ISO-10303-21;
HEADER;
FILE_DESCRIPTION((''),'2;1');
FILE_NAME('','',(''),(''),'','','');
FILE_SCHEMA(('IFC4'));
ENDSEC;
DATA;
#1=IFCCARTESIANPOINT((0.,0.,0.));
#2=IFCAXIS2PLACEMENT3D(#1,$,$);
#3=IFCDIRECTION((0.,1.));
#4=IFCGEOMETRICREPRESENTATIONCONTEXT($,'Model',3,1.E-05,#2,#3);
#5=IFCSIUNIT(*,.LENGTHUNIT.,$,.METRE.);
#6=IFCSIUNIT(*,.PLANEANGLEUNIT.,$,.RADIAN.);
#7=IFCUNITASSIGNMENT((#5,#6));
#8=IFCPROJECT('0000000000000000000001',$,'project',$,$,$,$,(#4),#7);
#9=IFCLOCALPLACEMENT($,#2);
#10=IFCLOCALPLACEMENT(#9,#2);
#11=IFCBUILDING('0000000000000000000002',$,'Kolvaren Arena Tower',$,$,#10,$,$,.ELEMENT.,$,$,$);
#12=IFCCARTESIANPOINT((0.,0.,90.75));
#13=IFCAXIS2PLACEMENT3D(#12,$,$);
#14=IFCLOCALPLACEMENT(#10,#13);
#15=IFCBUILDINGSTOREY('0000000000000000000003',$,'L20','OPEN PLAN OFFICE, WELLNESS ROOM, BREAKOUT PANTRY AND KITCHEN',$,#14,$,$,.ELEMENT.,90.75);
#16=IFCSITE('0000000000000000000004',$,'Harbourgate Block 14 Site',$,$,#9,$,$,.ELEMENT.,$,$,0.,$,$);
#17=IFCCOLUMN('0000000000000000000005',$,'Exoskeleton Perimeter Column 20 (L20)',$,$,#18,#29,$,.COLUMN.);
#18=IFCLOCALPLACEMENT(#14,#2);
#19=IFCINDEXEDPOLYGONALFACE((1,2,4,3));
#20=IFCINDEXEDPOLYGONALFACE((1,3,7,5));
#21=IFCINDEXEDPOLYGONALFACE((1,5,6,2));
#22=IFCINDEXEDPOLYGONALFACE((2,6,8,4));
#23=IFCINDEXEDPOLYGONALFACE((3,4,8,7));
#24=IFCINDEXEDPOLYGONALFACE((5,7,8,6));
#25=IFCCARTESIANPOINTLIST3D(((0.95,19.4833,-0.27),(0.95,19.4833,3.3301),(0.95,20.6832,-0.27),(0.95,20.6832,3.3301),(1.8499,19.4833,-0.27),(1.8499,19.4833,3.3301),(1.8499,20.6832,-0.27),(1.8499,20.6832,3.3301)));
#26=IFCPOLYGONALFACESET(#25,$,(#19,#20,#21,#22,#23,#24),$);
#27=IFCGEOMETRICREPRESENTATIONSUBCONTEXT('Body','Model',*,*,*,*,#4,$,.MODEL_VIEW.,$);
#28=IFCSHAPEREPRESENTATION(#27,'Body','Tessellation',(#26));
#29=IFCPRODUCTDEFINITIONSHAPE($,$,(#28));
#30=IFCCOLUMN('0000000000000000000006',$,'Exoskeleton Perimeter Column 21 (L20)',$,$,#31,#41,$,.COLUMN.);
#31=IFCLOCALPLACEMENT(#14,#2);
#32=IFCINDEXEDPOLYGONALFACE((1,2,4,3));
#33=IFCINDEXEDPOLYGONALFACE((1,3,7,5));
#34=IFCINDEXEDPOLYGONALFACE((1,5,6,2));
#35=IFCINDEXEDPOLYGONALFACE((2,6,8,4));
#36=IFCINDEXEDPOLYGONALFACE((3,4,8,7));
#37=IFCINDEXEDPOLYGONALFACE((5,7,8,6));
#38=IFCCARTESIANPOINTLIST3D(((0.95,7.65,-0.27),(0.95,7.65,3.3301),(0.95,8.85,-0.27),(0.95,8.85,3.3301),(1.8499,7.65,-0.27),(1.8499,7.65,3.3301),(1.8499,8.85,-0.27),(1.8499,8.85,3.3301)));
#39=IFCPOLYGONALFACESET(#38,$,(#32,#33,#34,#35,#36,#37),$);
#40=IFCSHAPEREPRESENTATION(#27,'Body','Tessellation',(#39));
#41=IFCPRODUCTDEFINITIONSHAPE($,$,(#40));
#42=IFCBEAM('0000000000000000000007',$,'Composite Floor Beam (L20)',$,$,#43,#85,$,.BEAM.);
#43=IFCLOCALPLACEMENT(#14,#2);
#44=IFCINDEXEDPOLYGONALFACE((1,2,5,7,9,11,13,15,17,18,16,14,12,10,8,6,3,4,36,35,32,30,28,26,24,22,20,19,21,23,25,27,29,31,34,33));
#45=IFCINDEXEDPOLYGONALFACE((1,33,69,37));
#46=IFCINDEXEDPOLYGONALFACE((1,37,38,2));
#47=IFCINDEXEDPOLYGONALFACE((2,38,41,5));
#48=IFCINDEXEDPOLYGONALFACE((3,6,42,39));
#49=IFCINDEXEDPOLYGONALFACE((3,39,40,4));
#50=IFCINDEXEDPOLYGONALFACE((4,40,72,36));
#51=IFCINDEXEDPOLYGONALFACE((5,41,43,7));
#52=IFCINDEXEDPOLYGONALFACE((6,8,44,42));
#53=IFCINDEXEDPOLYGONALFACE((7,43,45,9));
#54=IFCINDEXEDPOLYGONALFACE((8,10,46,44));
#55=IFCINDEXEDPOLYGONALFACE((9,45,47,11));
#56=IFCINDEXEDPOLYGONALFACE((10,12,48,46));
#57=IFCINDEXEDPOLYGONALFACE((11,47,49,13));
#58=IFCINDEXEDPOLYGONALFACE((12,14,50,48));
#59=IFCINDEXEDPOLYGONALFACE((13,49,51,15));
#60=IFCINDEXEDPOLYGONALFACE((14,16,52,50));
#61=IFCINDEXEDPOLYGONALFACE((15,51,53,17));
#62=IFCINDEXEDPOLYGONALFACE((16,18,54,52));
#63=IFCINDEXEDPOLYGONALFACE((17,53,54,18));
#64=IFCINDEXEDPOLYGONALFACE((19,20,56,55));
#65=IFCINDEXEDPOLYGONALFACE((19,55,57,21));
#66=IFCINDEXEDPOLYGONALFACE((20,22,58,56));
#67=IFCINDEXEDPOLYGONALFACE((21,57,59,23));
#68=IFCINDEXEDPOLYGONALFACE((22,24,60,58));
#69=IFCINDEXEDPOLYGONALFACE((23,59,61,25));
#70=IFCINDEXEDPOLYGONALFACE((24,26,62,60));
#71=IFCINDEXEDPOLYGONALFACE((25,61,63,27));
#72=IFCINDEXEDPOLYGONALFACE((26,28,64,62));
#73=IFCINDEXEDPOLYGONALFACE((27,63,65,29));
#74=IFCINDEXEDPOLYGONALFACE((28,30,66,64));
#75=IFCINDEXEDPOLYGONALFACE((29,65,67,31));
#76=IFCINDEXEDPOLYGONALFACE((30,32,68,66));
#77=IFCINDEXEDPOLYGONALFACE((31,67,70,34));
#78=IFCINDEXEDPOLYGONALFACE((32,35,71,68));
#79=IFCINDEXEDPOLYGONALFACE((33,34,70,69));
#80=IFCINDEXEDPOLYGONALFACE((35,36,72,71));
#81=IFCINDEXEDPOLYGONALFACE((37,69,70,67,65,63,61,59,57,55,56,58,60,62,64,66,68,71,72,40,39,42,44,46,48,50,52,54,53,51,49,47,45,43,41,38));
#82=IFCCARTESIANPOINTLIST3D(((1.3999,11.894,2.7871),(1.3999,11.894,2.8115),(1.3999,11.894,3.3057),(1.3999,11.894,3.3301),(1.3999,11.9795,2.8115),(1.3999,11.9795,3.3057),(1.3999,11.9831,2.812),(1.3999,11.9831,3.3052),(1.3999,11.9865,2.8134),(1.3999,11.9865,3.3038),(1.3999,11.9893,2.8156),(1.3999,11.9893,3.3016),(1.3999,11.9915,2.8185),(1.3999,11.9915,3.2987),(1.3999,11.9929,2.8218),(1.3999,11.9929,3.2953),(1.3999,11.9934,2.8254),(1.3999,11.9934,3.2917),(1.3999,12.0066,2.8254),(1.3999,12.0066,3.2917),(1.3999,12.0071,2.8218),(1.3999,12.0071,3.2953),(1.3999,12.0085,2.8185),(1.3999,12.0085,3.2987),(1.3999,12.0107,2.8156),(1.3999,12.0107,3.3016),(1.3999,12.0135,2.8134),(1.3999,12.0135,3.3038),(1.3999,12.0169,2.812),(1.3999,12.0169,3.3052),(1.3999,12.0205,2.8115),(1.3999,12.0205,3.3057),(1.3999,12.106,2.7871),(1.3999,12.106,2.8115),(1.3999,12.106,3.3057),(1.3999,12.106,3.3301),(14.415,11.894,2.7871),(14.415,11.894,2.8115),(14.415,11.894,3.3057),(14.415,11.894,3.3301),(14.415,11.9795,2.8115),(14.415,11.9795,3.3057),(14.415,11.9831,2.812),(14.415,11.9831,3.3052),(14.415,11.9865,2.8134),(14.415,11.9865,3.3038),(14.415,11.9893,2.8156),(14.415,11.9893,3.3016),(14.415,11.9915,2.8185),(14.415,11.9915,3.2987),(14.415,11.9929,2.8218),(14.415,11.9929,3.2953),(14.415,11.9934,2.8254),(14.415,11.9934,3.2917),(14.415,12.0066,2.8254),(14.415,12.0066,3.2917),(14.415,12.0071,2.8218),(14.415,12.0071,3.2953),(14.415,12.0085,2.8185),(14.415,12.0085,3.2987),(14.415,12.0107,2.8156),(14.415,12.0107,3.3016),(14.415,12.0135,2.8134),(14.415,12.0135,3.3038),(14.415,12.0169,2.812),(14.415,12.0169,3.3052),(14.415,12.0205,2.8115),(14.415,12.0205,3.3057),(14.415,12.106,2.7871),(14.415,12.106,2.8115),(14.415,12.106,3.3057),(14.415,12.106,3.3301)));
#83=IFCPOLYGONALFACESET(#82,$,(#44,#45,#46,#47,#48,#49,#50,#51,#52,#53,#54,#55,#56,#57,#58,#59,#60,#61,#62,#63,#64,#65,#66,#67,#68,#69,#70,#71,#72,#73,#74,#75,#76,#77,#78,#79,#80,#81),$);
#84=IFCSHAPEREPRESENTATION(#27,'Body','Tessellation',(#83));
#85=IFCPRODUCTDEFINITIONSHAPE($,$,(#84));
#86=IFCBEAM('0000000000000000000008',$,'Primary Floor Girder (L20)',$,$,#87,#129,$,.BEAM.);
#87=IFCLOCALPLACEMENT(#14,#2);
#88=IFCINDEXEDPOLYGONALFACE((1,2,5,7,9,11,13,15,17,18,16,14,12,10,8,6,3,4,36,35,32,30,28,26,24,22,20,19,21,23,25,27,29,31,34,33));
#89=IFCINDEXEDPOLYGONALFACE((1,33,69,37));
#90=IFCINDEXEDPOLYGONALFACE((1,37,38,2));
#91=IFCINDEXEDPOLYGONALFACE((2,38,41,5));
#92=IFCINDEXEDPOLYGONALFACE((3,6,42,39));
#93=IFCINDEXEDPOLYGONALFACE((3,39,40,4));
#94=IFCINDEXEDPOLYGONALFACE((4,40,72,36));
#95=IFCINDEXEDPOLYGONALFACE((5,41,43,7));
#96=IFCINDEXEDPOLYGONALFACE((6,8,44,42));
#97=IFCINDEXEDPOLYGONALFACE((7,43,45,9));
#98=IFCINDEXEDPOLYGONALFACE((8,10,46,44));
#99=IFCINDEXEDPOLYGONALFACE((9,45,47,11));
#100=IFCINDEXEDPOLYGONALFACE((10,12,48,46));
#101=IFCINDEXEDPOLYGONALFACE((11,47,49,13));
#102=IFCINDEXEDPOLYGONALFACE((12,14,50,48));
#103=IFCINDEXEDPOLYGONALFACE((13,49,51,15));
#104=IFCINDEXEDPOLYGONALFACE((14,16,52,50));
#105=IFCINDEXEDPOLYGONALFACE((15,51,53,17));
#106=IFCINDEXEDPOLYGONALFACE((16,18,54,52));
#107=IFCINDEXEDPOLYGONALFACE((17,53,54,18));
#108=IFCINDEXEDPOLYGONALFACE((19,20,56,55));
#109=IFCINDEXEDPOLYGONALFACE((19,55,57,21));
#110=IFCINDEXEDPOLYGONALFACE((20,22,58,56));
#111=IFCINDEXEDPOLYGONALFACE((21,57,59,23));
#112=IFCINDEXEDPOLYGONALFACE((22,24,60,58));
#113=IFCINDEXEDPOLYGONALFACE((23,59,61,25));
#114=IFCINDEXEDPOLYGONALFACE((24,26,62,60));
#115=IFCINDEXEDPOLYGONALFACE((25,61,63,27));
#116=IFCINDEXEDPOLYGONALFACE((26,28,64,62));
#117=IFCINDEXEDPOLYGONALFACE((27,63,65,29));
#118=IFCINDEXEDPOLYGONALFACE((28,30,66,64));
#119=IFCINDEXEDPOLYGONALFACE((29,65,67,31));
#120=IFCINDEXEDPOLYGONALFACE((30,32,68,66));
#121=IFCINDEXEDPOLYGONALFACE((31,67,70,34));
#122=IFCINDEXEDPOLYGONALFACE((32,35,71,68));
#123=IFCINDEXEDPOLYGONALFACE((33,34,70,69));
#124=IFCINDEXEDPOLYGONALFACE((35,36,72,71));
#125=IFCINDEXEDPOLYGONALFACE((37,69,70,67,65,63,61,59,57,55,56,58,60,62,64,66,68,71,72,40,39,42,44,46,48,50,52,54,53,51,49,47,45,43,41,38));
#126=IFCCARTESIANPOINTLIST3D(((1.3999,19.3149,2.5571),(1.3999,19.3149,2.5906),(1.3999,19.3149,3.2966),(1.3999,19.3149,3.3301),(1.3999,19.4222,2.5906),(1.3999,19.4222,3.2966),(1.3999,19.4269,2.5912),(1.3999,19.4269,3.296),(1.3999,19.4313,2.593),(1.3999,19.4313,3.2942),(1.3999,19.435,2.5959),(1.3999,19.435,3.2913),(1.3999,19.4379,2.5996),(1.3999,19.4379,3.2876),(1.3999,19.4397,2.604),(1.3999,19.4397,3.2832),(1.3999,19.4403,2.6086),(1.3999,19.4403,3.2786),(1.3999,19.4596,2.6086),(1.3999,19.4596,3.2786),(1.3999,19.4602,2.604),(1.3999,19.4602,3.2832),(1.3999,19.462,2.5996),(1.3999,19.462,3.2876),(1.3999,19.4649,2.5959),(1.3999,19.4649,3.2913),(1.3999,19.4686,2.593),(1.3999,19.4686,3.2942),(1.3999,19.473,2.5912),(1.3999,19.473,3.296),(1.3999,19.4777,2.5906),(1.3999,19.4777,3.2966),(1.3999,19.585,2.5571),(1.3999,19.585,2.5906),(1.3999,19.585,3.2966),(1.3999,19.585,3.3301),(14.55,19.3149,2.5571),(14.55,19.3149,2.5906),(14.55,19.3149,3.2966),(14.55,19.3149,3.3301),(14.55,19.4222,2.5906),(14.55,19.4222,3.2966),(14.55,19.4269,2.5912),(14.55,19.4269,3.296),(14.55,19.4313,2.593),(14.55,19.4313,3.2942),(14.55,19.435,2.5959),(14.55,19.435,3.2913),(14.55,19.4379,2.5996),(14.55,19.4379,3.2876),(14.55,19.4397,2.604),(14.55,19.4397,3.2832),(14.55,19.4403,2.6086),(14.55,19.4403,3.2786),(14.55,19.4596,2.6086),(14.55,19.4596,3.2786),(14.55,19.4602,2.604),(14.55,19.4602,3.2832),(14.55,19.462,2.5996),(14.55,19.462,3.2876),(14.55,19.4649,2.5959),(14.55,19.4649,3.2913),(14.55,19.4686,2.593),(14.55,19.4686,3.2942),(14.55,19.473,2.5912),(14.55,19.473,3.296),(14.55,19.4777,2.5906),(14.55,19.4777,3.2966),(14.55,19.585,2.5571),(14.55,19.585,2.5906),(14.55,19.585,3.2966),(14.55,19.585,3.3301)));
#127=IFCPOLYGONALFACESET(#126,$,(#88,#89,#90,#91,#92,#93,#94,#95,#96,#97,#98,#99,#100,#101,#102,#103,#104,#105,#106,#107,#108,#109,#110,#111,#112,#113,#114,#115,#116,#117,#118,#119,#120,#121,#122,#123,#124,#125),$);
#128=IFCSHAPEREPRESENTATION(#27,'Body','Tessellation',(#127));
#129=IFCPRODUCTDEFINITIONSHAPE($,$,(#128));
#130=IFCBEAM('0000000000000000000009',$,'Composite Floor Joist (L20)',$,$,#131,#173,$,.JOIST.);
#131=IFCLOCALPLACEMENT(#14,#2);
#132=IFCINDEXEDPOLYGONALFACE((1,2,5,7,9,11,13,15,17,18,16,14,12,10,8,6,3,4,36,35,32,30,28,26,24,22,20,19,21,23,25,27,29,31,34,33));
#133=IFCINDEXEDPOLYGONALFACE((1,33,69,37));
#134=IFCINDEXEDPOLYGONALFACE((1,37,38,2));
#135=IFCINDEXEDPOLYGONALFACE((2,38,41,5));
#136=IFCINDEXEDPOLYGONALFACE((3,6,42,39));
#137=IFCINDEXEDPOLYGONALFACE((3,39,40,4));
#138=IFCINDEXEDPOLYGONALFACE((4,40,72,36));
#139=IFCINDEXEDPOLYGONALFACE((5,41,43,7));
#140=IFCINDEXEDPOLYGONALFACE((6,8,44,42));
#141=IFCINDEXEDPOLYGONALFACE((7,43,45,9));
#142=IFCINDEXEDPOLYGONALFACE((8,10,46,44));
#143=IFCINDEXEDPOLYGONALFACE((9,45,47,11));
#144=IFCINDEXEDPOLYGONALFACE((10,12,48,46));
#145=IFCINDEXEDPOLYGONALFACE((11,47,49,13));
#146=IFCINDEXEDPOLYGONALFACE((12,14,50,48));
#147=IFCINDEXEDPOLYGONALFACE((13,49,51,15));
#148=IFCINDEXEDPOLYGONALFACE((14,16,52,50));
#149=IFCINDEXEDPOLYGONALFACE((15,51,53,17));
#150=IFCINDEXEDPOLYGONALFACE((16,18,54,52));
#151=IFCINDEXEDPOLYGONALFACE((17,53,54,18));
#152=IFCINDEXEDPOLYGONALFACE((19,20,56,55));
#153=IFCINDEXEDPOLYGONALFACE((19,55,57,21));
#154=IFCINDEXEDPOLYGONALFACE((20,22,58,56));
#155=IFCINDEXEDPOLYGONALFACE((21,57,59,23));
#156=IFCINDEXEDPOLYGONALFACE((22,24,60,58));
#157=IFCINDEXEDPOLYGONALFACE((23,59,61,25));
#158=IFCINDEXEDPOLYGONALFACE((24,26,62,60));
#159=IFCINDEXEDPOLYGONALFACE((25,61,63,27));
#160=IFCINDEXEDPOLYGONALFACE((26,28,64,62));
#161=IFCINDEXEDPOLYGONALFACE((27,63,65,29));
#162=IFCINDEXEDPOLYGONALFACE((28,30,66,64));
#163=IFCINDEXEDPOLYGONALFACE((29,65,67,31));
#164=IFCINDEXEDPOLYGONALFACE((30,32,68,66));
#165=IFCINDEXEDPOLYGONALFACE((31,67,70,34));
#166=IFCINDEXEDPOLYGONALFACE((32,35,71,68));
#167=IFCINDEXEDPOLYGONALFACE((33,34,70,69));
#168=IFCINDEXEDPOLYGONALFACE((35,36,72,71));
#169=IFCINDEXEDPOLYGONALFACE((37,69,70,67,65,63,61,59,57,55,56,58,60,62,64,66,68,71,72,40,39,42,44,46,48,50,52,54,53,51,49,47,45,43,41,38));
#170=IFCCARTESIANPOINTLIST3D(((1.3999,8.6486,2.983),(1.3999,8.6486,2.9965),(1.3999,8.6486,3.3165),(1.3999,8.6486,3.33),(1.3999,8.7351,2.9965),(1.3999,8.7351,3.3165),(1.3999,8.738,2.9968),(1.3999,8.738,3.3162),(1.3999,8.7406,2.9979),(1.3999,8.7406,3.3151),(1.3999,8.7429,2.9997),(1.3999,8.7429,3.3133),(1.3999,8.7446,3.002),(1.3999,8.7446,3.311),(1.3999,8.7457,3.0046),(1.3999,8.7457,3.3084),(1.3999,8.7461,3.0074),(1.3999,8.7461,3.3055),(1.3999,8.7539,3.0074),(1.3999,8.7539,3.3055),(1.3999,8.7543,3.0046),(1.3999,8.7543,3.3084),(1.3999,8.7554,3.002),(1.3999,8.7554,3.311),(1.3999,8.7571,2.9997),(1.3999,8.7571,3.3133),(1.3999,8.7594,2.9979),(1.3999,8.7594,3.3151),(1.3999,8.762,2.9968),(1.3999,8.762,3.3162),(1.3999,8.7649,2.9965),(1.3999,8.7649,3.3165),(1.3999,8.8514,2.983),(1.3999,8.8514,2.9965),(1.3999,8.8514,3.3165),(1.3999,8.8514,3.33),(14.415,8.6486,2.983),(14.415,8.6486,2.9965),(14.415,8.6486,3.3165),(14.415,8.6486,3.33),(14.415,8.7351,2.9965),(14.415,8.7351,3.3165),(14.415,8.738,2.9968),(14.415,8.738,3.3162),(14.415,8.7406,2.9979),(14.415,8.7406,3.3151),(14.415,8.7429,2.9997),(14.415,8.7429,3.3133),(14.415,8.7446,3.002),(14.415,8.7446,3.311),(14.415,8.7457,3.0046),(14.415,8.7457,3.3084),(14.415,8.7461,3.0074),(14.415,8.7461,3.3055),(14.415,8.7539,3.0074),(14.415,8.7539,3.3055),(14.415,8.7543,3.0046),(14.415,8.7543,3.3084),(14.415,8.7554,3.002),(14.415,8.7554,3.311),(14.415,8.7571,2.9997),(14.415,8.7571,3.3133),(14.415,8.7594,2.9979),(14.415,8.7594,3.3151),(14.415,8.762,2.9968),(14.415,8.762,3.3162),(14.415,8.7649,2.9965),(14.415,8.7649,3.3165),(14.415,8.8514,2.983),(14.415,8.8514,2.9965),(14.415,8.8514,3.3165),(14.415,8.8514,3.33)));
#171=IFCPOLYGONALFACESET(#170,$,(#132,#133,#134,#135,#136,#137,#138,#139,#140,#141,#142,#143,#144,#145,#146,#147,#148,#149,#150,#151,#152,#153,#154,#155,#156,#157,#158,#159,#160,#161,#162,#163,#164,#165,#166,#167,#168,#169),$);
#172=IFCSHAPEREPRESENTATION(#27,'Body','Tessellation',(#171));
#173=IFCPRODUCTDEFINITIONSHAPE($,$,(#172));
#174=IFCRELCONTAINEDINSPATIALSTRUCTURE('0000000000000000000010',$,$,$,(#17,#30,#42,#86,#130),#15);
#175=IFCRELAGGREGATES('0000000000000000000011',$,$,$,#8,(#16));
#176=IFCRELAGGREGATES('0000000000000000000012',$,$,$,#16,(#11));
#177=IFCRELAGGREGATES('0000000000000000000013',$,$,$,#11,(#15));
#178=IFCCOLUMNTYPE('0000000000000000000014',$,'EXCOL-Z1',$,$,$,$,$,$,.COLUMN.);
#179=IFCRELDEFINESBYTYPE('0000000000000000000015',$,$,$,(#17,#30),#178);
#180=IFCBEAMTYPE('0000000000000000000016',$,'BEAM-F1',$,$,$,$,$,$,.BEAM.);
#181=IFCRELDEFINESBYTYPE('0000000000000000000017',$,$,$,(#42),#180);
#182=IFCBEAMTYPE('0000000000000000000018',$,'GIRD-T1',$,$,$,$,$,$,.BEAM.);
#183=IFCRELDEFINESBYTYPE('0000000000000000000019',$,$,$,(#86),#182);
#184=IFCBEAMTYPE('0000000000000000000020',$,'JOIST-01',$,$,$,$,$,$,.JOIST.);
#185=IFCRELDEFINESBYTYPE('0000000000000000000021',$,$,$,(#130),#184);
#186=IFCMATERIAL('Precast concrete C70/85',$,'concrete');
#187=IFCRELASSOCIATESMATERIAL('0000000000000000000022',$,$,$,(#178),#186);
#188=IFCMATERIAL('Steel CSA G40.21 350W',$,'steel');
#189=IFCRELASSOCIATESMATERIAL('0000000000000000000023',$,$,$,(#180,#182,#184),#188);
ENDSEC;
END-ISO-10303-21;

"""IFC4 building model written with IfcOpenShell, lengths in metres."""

from ifc_helpers import new_model, si_unit, direction, frame, origin, origin_2d, place, context, subcontext, project, spatial, rectangle, i_section, extrude, material, material_profile, profile_set, type_object, element, save


model = new_model("IFC4")

# Units and contexts
model_context = context("Model", 3, precision=1e-05, world=origin(), true_north=direction((0.0, 1.0)))
body_context = subcontext(model_context, "Body", "Model", "MODEL_VIEW")
ifc_project = project(units=[si_unit("LENGTHUNIT", "METRE"), si_unit("PLANEANGLEUNIT", "RADIAN")], contexts=[model_context])

# Site, building, storey
site_placement = place(None, origin())
site = spatial("IfcSite", under=ifc_project, at=site_placement, Name="Harbourgate Block 14 Site", CompositionType="ELEMENT", RefElevation=0.0)
building_placement = place(site_placement, origin())
building = spatial("IfcBuilding", under=site, at=building_placement, Name="Kolvaren Arena Tower", CompositionType="ELEMENT")
storey_placement = place(building_placement, frame((0.0, 0.0, 90.75)))
storey = spatial("IfcBuildingStorey", under=building, at=storey_placement, Name="L20", Description="OPEN PLAN OFFICE, WELLNESS ROOM, BREAKOUT PANTRY AND KITCHEN", CompositionType="ELEMENT", Elevation=90.75)

# Columns
ifc_material_1 = material(Name="Precast concrete C70/85", Category="concrete")
ifc_material_profile_1 = material_profile(ifc_material_1, rectangle(XDim=1.2, YDim=0.8999, at=origin_2d()), Name="RC-1200x900")
ifc_profile_set_1 = profile_set([ifc_material_profile_1], Name="Precast concrete C70/85")
column_type = type_object("IfcColumnType", Name="EXCOL-Z1", PredefinedType="COLUMN", material=ifc_profile_set_1)
for number, where, z_axis, x_axis, name in (
    (1, (1.3999, 20.0833, -0.27), (0.0, 0.0, 1.0), (0.0, 1.0, 0.0), "Exoskeleton Perimeter Column 20 (L20)"),
    (2, (1.3999, 8.25, -0.27), (0.0, 0.0, 1.0), (0.0, 1.0, 0.0), "Exoskeleton Perimeter Column 21 (L20)"),
):
    element("IfcColumn", number, at=place(storey_placement, frame(where, z_axis=z_axis, x_axis=x_axis)), inside=storey, type_object=column_type, Name=name, PredefinedType="COLUMN", context=body_context, shape_type="SweptSolid", body=[
        extrude(rectangle(XDim=1.2, YDim=0.8999, at=origin_2d()), origin(), (0.0, 0.0, 1.0), 3.6001),
    ])

# Beams
ifc_material_2 = material(Name="Steel CSA G40.21 350W", Category="steel")
ifc_material_profile_2 = material_profile(ifc_material_2, i_section(OverallWidth=0.2119, OverallDepth=0.543, WebThickness=0.0132, FlangeThickness=0.0244, FilletRadius=0.0139, at=origin_2d()), Name="W530x150")
ifc_profile_set_2 = profile_set([ifc_material_profile_2], Name="Steel CSA G40.21 350W")
beam_type_1 = type_object("IfcBeamType", Name="BEAM-F1", PredefinedType="BEAM", material=ifc_profile_set_2)
beam_1_placement = place(storey_placement, frame((1.3999, 12.0, 3.0586), z_axis=(1.0, 0.0, 0.0), x_axis=(0.0, 1.0, 0.0)))
element("IfcBeam", 3, at=beam_1_placement, inside=storey, type_object=beam_type_1, Name="Composite Floor Beam (L20)", PredefinedType="BEAM", context=body_context, shape_type="SweptSolid", body=[
    extrude(i_section(OverallWidth=0.2119, OverallDepth=0.543, WebThickness=0.0132, FlangeThickness=0.0244, FilletRadius=0.0139, at=origin_2d()), origin(), (0.0, 0.0, 1.0), 13.0151),
])
ifc_material_profile_3 = material_profile(ifc_material_2, i_section(OverallWidth=0.27, OverallDepth=0.7729, WebThickness=0.0193, FlangeThickness=0.0334, FilletRadius=0.0181, at=origin_2d()), Name="W760x257")
ifc_profile_set_3 = profile_set([ifc_material_profile_3], Name="Steel CSA G40.21 350W")
beam_type_2 = type_object("IfcBeamType", Name="GIRD-T1", PredefinedType="BEAM", material=ifc_profile_set_3)
beam_2_placement = place(storey_placement, frame((1.3999, 19.45, 2.9436), z_axis=(1.0, 0.0, 0.0), x_axis=(0.0, 1.0, 0.0)))
element("IfcBeam", 4, at=beam_2_placement, inside=storey, type_object=beam_type_2, Name="Primary Floor Girder (L20)", PredefinedType="BEAM", context=body_context, shape_type="SweptSolid", body=[
    extrude(i_section(OverallWidth=0.27, OverallDepth=0.7729, WebThickness=0.0193, FlangeThickness=0.0334, FilletRadius=0.0181, at=origin_2d()), origin(), (0.0, 0.0, 1.0), 13.1501),
])
ifc_material_profile_4 = material_profile(ifc_material_2, i_section(OverallWidth=0.2029, OverallDepth=0.3469, WebThickness=0.0078, FlangeThickness=0.0134, FilletRadius=0.011, at=origin_2d()), Name="W360x64")
ifc_profile_set_4 = profile_set([ifc_material_profile_4], Name="Steel CSA G40.21 350W")
beam_type_3 = type_object("IfcBeamType", Name="JOIST-01", PredefinedType="JOIST", material=ifc_profile_set_4)
for number, where, z_axis, x_axis, name in (
    (5, (1.3999, 8.75, 3.1565), (1.0, 0.0, 0.0), (0.0, 1.0, 0.0), "Composite Floor Joist (L20)"),
):
    element("IfcBeam", number, at=place(storey_placement, frame(where, z_axis=z_axis, x_axis=x_axis)), inside=storey, type_object=beam_type_3, Name=name, PredefinedType="JOIST", context=body_context, shape_type="SweptSolid", body=[
        extrude(i_section(OverallWidth=0.2029, OverallDepth=0.3469, WebThickness=0.0078, FlangeThickness=0.0134, FilletRadius=0.011, at=origin_2d()), origin(), (0.0, 0.0, 1.0), 13.0151),
    ])

save(model, "model.ifc")
